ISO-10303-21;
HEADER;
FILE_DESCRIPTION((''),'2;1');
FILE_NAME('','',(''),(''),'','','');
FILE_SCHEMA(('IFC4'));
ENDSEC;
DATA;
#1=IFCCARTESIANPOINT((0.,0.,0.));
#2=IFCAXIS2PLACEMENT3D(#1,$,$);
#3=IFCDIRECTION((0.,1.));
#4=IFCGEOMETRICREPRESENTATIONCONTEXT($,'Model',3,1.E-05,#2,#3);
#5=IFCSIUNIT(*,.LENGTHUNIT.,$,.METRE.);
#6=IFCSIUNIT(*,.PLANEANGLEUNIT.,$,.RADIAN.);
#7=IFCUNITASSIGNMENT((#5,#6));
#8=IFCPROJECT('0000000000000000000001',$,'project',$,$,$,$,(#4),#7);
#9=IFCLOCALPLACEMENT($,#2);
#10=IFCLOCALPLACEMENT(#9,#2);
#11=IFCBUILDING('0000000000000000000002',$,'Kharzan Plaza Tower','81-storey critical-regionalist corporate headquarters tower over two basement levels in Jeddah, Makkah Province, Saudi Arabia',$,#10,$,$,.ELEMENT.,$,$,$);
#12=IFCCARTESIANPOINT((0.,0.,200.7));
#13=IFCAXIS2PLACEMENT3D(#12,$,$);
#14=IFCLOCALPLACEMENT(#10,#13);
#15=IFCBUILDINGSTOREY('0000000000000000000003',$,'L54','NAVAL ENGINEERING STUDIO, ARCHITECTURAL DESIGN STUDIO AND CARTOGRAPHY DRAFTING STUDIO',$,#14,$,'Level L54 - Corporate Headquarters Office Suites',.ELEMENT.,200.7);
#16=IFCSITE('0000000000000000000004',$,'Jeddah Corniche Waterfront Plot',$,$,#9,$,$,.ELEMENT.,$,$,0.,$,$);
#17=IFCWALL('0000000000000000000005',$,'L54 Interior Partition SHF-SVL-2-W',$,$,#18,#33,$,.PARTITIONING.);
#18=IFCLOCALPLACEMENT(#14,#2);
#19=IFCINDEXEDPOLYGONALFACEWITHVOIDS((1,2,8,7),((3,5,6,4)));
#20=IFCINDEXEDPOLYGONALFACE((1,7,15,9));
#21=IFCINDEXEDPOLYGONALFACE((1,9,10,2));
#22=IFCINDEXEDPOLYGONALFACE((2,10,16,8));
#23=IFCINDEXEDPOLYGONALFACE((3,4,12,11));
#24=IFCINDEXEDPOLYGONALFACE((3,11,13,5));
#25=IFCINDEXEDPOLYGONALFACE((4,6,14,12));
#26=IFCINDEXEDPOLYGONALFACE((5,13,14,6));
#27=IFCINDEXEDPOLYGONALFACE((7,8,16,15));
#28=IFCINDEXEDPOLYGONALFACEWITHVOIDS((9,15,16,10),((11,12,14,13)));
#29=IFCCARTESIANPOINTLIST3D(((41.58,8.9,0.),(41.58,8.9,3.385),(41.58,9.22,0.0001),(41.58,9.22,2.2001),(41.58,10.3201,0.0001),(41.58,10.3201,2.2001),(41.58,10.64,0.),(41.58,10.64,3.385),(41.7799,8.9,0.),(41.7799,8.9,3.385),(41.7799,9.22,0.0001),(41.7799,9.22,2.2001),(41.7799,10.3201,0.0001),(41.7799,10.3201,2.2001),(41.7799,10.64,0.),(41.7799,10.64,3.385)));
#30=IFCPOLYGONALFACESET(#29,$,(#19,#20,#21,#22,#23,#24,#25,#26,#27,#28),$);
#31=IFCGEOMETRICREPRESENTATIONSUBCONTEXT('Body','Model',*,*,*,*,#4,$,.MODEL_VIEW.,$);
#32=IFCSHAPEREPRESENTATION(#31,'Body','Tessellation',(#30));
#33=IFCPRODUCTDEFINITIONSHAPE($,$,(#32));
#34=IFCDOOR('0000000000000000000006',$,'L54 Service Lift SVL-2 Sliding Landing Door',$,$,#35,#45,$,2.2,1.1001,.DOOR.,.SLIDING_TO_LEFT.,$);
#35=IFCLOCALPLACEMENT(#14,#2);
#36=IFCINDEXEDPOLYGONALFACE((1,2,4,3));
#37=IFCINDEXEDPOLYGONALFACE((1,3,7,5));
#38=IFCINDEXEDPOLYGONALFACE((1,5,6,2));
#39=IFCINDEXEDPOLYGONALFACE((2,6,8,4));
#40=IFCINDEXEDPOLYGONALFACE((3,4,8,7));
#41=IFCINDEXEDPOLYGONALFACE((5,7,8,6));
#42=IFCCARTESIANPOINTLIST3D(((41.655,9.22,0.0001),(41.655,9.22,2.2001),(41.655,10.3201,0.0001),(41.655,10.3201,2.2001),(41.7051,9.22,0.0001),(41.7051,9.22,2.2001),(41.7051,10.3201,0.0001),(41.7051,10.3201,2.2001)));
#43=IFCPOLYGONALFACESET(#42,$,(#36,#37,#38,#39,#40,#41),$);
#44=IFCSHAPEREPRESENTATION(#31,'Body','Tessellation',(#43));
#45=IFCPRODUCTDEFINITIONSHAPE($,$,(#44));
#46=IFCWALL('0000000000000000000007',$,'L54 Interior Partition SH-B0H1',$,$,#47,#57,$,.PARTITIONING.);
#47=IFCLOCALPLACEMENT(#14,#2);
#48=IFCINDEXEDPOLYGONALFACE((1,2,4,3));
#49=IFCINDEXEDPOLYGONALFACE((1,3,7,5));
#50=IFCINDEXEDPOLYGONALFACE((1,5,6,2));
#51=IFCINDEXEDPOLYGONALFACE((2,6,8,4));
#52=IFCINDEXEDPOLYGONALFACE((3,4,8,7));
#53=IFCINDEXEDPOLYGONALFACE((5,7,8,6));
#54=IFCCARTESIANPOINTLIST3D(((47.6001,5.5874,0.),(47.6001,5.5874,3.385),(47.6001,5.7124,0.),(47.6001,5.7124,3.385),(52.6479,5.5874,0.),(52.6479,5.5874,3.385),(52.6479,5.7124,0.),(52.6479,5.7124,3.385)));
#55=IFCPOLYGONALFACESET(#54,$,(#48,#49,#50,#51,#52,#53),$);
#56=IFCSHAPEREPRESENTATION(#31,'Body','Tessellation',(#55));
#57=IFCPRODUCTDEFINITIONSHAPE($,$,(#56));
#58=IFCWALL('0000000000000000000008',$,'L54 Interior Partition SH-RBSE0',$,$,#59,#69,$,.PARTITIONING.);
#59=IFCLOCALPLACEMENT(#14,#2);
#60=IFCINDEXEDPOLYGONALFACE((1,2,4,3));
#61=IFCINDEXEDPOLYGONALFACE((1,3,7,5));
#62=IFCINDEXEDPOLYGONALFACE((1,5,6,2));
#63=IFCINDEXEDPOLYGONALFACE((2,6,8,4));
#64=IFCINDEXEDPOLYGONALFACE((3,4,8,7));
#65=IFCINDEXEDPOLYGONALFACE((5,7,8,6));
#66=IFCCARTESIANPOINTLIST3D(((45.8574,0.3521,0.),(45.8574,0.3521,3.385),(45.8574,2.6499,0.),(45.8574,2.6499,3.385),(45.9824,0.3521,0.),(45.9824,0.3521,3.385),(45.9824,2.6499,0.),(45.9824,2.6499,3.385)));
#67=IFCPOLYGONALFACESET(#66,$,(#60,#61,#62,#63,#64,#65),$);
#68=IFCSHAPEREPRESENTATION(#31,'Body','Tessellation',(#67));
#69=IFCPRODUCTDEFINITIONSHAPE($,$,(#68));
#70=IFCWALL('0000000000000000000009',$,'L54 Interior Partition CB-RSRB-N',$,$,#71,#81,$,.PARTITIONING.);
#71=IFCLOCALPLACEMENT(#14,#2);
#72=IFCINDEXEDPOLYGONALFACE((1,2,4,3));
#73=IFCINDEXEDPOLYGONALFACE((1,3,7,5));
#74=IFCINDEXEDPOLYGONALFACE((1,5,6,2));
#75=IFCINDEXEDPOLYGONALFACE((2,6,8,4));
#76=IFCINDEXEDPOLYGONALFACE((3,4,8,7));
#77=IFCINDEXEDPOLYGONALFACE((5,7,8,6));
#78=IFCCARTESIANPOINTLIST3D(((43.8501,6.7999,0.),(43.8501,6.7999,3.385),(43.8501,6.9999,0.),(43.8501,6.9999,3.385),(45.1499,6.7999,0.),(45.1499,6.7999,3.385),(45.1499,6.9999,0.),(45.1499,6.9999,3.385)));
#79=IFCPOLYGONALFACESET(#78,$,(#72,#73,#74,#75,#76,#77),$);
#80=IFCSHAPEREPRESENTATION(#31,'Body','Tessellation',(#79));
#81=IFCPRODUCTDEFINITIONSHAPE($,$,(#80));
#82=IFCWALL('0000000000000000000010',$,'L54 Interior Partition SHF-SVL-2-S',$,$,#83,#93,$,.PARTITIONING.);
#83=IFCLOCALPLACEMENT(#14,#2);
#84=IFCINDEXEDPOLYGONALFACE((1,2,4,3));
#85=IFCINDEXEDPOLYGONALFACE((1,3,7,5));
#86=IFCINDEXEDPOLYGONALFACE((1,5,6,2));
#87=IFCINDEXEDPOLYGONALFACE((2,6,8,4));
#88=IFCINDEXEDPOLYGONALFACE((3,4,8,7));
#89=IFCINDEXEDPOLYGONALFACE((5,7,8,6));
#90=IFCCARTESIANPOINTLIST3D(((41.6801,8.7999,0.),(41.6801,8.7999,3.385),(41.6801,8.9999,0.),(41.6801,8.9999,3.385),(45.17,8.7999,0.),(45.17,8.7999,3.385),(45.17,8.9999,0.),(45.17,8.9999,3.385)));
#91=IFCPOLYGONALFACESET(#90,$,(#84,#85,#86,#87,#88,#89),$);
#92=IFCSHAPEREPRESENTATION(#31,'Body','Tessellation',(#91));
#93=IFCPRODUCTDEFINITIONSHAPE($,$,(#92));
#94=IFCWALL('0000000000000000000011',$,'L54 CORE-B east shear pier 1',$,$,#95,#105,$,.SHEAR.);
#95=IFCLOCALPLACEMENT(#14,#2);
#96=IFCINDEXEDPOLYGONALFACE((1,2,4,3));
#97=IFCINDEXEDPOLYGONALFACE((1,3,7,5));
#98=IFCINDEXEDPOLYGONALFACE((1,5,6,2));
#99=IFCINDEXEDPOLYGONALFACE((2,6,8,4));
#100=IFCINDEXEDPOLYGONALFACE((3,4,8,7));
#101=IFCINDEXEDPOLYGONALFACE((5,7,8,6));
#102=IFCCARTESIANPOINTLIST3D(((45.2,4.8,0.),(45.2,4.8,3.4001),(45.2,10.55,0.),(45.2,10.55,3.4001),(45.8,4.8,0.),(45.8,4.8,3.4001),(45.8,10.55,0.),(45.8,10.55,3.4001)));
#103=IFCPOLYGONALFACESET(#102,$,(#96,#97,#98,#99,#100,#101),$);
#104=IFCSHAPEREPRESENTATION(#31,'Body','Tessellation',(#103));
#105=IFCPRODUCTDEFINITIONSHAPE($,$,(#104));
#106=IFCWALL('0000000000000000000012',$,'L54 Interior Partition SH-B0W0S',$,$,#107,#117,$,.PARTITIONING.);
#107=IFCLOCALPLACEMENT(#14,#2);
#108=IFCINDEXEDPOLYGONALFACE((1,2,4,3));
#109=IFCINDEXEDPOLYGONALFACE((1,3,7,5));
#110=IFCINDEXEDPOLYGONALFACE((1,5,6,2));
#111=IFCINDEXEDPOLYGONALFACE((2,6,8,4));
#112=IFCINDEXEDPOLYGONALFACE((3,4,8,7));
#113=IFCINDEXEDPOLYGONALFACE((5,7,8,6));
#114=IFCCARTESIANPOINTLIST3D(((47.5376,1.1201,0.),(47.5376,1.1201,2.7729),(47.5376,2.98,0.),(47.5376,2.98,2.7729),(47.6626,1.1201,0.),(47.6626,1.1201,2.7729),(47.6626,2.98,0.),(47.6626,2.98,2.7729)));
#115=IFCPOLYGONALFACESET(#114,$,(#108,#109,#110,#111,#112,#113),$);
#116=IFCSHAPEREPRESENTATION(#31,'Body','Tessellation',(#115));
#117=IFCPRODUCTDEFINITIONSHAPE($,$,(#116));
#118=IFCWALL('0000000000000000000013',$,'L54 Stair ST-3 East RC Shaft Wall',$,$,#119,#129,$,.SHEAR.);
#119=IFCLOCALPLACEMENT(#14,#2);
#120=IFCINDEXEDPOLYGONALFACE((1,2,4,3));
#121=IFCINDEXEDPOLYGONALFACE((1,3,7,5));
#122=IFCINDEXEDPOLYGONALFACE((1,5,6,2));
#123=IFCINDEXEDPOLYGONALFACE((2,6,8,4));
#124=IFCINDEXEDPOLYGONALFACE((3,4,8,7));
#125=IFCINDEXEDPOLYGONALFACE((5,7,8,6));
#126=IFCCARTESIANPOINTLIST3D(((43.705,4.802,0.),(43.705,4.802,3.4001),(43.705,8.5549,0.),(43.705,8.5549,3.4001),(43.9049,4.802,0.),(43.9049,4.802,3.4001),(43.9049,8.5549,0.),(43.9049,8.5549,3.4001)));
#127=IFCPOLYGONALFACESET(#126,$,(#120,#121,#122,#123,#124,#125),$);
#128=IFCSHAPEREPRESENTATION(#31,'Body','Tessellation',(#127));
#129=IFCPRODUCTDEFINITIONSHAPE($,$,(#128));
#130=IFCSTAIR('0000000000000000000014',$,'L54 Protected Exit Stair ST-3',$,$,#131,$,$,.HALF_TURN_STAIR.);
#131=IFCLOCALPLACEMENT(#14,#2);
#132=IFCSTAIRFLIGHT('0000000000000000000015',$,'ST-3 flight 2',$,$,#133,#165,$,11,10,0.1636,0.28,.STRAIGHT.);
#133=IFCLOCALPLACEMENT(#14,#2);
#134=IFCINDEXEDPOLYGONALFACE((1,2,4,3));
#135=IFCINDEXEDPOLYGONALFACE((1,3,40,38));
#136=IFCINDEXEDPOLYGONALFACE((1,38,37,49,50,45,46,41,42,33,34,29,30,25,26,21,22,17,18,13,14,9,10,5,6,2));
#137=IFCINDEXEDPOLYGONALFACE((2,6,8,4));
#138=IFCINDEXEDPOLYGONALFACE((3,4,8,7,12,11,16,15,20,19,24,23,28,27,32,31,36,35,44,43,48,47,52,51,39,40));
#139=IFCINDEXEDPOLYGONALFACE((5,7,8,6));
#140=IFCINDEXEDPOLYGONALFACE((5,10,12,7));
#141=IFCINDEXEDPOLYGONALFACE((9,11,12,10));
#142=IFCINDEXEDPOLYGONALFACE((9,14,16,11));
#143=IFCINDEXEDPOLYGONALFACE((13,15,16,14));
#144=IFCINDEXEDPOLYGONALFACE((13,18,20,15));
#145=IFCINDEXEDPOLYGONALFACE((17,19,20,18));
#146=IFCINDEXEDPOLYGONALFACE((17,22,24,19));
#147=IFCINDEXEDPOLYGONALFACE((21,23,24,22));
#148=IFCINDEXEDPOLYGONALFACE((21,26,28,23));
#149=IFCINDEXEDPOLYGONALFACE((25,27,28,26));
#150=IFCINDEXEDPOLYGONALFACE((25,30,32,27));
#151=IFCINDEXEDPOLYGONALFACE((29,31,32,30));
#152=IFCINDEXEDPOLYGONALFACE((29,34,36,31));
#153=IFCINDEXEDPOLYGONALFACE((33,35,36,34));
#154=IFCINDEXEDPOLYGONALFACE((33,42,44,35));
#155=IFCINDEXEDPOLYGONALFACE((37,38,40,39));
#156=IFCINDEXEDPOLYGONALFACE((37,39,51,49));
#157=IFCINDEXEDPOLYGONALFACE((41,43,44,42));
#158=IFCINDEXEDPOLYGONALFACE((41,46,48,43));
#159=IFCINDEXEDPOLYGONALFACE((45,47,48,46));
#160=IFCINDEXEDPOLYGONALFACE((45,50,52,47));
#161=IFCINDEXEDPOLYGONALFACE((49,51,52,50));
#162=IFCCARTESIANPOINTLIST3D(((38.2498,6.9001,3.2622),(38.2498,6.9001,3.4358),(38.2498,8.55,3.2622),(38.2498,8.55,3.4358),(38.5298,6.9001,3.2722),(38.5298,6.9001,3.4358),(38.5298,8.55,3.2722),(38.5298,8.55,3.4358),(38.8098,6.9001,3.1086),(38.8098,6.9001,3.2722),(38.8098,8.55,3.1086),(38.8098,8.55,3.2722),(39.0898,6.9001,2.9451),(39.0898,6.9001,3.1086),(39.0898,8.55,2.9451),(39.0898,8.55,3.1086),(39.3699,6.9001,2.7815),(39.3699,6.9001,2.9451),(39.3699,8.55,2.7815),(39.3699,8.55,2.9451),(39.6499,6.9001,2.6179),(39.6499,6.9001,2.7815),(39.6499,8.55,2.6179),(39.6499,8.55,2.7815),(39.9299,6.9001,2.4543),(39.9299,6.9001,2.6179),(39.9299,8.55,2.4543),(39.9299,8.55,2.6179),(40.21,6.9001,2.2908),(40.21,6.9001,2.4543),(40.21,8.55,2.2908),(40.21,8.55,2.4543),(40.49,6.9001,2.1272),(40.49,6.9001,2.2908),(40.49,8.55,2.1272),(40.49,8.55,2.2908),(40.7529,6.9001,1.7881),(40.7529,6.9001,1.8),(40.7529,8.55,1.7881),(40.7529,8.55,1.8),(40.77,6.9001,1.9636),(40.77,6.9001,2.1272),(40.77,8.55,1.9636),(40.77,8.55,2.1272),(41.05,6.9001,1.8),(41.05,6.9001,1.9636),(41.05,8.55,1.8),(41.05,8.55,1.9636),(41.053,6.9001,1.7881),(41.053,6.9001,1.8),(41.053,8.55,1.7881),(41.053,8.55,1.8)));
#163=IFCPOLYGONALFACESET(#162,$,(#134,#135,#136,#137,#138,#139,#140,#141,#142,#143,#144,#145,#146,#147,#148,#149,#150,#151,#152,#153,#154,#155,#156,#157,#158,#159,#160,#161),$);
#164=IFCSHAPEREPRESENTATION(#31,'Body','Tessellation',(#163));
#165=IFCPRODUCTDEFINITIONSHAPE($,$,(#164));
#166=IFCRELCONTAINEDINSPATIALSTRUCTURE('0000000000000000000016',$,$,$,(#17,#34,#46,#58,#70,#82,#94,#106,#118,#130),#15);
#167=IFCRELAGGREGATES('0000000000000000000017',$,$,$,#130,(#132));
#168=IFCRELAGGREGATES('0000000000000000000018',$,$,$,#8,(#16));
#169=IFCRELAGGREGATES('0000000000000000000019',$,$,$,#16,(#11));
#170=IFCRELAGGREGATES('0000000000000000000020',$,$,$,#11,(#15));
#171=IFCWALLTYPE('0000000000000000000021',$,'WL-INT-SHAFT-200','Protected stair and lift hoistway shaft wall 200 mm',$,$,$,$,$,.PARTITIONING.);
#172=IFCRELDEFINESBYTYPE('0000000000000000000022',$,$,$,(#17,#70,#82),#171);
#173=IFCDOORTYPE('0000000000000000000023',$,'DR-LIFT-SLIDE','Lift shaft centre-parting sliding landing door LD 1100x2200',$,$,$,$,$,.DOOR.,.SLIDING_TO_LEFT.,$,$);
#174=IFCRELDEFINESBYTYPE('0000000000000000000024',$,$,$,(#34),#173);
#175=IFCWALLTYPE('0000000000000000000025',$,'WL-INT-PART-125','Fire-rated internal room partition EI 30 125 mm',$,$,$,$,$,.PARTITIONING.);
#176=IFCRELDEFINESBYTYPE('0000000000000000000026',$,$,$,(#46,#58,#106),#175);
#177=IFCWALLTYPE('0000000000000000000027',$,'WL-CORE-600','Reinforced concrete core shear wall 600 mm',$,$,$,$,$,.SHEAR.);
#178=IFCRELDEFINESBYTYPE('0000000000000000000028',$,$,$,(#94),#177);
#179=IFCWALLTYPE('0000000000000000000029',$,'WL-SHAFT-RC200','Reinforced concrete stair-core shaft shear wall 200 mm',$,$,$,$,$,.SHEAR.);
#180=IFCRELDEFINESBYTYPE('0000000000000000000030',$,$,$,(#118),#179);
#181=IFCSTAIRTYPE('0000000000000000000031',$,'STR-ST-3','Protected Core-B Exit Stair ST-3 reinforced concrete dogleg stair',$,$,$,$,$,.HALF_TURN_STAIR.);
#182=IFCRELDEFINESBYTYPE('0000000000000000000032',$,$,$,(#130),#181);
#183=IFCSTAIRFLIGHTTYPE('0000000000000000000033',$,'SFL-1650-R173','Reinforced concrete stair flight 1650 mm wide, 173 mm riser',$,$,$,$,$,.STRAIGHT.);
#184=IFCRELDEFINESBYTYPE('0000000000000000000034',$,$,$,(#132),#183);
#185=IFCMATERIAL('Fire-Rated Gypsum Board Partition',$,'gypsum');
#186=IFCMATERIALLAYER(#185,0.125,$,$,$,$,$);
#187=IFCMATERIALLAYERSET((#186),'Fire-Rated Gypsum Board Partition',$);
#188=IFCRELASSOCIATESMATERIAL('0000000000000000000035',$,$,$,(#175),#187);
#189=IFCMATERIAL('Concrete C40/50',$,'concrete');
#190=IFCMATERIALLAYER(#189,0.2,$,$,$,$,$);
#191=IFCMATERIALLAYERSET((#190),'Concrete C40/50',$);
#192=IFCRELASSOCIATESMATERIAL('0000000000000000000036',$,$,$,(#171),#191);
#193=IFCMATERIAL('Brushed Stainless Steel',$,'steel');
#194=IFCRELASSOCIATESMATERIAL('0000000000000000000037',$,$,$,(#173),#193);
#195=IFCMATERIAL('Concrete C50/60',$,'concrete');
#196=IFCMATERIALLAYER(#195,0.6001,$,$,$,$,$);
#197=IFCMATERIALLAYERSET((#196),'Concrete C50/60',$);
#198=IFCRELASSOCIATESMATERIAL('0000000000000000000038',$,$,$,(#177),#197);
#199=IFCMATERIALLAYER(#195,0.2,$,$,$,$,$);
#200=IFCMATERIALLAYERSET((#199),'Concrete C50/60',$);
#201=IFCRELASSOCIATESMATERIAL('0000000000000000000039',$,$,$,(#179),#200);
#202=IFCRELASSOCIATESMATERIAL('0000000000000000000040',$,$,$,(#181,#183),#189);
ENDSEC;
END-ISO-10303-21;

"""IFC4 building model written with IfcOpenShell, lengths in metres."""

from ifc_helpers import new_model, si_unit, direction, frame, frame_2d, origin, place, context, subcontext, project, spatial, polyline, rectangle, outline, extrude, source, transform, mapped, material, layer, layer_set, type_object, element, fill, aggregate, save


model = new_model("IFC4")

# Units and contexts
model_context = context("Model", 3, precision=1e-05, world=origin(), true_north=direction((0.0, 1.0)))
body_context = subcontext(model_context, "Body", "Model", "MODEL_VIEW")
ifc_project = project(units=[si_unit("LENGTHUNIT", "METRE"), si_unit("PLANEANGLEUNIT", "RADIAN")], contexts=[model_context])

# Site, building, storey
site_placement = place(None, origin())
site = spatial("IfcSite", under=ifc_project, at=site_placement, Name="Jeddah Corniche Waterfront Plot", CompositionType="ELEMENT", RefElevation=0.0)
building_placement = place(site_placement, origin())
building = spatial("IfcBuilding", under=site, at=building_placement, Name="Kharzan Plaza Tower", Description="81-storey critical-regionalist corporate headquarters tower over two basement levels in Jeddah, Makkah Province, Saudi Arabia", CompositionType="ELEMENT")
storey_placement = place(building_placement, frame((0.0, 0.0, 200.7)))
storey = spatial("IfcBuildingStorey", under=building, at=storey_placement, Name="L54", Description="NAVAL ENGINEERING STUDIO, ARCHITECTURAL DESIGN STUDIO AND CARTOGRAPHY DRAFTING STUDIO", LongName="Level L54 - Corporate Headquarters Office Suites", CompositionType="ELEMENT", Elevation=200.7)

# Shared definitions
ifc_material_1 = material(Name="Concrete C50/60", Category="concrete")

# Wall, opening, door
ifc_material_2 = material(Name="Fire-Rated Gypsum Board Partition", Category="gypsum")
ifc_layer_1 = layer(ifc_material_2, 0.125)
ifc_layer_set_1 = layer_set([ifc_layer_1], Name="Fire-Rated Gypsum Board Partition")
wall_type_1 = type_object("IfcWallType", Name="WL-INT-PART-125", Description="Fire-rated internal room partition EI 30 125 mm", PredefinedType="PARTITIONING", material=ifc_layer_set_1)
ifc_material_3 = material(Name="Concrete C40/50", Category="concrete")
ifc_layer_2 = layer(ifc_material_3, 0.2)
ifc_layer_set_2 = layer_set([ifc_layer_2], Name="Concrete C40/50")
wall_type_2 = type_object("IfcWallType", Name="WL-INT-SHAFT-200", Description="Protected stair and lift hoistway shaft wall 200 mm", PredefinedType="PARTITIONING", material=ifc_layer_set_2)
wall_1_placement = place(storey_placement, frame((41.6799, 8.8999, 0.0), z_axis=(0.0, 0.0, 1.0), x_axis=(0.0, 1.0, 0.0)))
wall_1 = element("IfcWall", 1, at=wall_1_placement, inside=storey, type_object=wall_type_2, Name="L54 Interior Partition SHF-SVL-2-W", PredefinedType="PARTITIONING", context=body_context, shape_type="SweptSolid", body=[
    extrude(rectangle(XDim=1.74, YDim=0.2, at=frame_2d((0.8701, 0.0))), origin(), (0.0, 0.0, 1.0), 3.385),
])
opening_1_placement = place(wall_1_placement, frame((0.3201, 0.0, 0.0)))
opening_1 = element("IfcOpeningElement", 2, at=opening_1_placement, cuts=wall_1, PredefinedType="OPENING", context=body_context, shape_type="SweptSolid", body=[
    extrude(rectangle(XDim=1.1001, YDim=2.2, at=frame_2d((0.55, 1.1001))), frame((0.0, 0.1099, 0.0), z_axis=(0.0, -1.0, 0.0), x_axis=(1.0, 0.0, 0.0)), (0.0, 0.0, 1.0), 0.22),
])
ifc_material_4 = material(Name="Brushed Stainless Steel", Category="steel")
door_type_1 = type_object("IfcDoorType", Name="DR-LIFT-SLIDE", Description="Lift shaft centre-parting sliding landing door LD 1100x2200", OperationType="SLIDING_TO_LEFT", PredefinedType="DOOR", material=ifc_material_4)
shared_shape_1 = source(origin(), body_context, "Body", "SweptSolid", [
    extrude(rectangle(XDim=1.1001, YDim=2.2, at=frame_2d((0.55, 1.1001))), frame((0.0, 0.0249, 0.0), z_axis=(0.0, -1.0, 0.0), x_axis=(1.0, 0.0, 0.0)), (0.0, 0.0, 1.0), 0.05),
])
door_1_placement = place(opening_1_placement, origin())
door_1 = element("IfcDoor", 3, at=door_1_placement, inside=storey, type_object=door_type_1, Name="L54 Service Lift SVL-2 Sliding Landing Door", OperationType="SLIDING_TO_LEFT", OverallHeight=2.2, OverallWidth=1.1001, PredefinedType="DOOR", context=body_context, shape_type="MappedRepresentation", body=[
    mapped(shared_shape_1, transform((0.0, 0.0, 0.0), x_axis=(1.0, 0.0, 0.0), y_axis=(0.0, 1.0, 0.0), z_axis=(0.0, 0.0, 1.0))),
])
fill(opening_1, door_1)

# Walls
shared_shape_2 = source(origin(), body_context, "Body", "SweptSolid", [
    extrude(rectangle(XDim=5.0479, YDim=0.125, at=frame_2d((2.5239, 0.0))), origin(), (0.0, 0.0, 1.0), 3.385),
])
wall_2_placement = place(storey_placement, frame((47.6001, 5.6499, 0.0), z_axis=(0.0, 0.0, 1.0), x_axis=(1.0, 0.0, 0.0)))
element("IfcWall", 4, at=wall_2_placement, inside=storey, type_object=wall_type_1, Name="L54 Interior Partition SH-B0H1", PredefinedType="PARTITIONING", context=body_context, shape_type="MappedRepresentation", body=[
    mapped(shared_shape_2, transform((0.0, 0.0, 0.0), x_axis=(1.0, 0.0, 0.0), y_axis=(0.0, 1.0, 0.0), z_axis=(0.0, 0.0, 1.0))),
])
shared_shape_3 = source(origin(), body_context, "Body", "SweptSolid", [
    extrude(rectangle(XDim=2.2979, YDim=0.125, at=frame_2d((1.1489, 0.0))), origin(), (0.0, 0.0, 1.0), 3.385),
])
wall_3_placement = place(storey_placement, frame((45.9199, 0.3521, 0.0), z_axis=(0.0, 0.0, 1.0), x_axis=(0.0, 1.0, 0.0)))
element("IfcWall", 5, at=wall_3_placement, inside=storey, type_object=wall_type_1, Name="L54 Interior Partition SH-RBSE0", PredefinedType="PARTITIONING", context=body_context, shape_type="MappedRepresentation", body=[
    mapped(shared_shape_3, transform((0.0, 0.0, 0.0), x_axis=(1.0, 0.0, 0.0), y_axis=(0.0, 1.0, 0.0), z_axis=(0.0, 0.0, 1.0))),
])
shared_shape_4 = source(origin(), body_context, "Body", "SweptSolid", [
    extrude(rectangle(XDim=1.2998, YDim=0.2, at=frame_2d((0.6499, 0.0))), origin(), (0.0, 0.0, 1.0), 3.385),
])
wall_4_placement = place(storey_placement, frame((43.8501, 6.8999, 0.0), z_axis=(0.0, 0.0, 1.0), x_axis=(1.0, 0.0, 0.0)))
element("IfcWall", 6, at=wall_4_placement, inside=storey, type_object=wall_type_2, Name="L54 Interior Partition CB-RSRB-N", PredefinedType="PARTITIONING", context=body_context, shape_type="MappedRepresentation", body=[
    mapped(shared_shape_4, transform((0.0, 0.0, 0.0), x_axis=(1.0, 0.0, 0.0), y_axis=(0.0, 1.0, 0.0), z_axis=(0.0, 0.0, 1.0))),
])
shared_shape_5 = source(origin(), body_context, "Body", "SweptSolid", [
    extrude(rectangle(XDim=3.49, YDim=0.2, at=frame_2d((1.7451, 0.0))), origin(), (0.0, 0.0, 1.0), 3.385),
])
wall_5_placement = place(storey_placement, frame((41.6799, 8.8999, 0.0), z_axis=(0.0, 0.0, 1.0), x_axis=(1.0, 0.0, 0.0)))
element("IfcWall", 7, at=wall_5_placement, inside=storey, type_object=wall_type_2, Name="L54 Interior Partition SHF-SVL-2-S", PredefinedType="PARTITIONING", context=body_context, shape_type="MappedRepresentation", body=[
    mapped(shared_shape_5, transform((0.0, 0.0, 0.0), x_axis=(1.0, 0.0, 0.0), y_axis=(0.0, 1.0, 0.0), z_axis=(0.0, 0.0, 1.0))),
])
ifc_layer_3 = layer(ifc_material_1, 0.6001)
ifc_layer_set_3 = layer_set([ifc_layer_3], Name="Concrete C50/60")
wall_type_3 = type_object("IfcWallType", Name="WL-CORE-600", Description="Reinforced concrete core shear wall 600 mm", PredefinedType="SHEAR", material=ifc_layer_set_3)
shared_shape_6 = source(origin(), body_context, "Body", "SweptSolid", [
    extrude(rectangle(XDim=5.75, YDim=0.6001, at=frame_2d((2.875, 0.0))), origin(), (0.0, 0.0, 1.0), 3.4001),
])
wall_6_placement = place(storey_placement, frame((45.5, 4.8, 0.0), z_axis=(0.0, 0.0, 1.0), x_axis=(0.0, 1.0, 0.0)))
element("IfcWall", 8, at=wall_6_placement, inside=storey, type_object=wall_type_3, Name="L54 CORE-B east shear pier 1", PredefinedType="SHEAR", context=body_context, shape_type="MappedRepresentation", body=[
    mapped(shared_shape_6, transform((0.0, 0.0, 0.0), x_axis=(1.0, 0.0, 0.0), y_axis=(0.0, 1.0, 0.0), z_axis=(0.0, 0.0, 1.0))),
])
shared_shape_7 = source(origin(), body_context, "Body", "SweptSolid", [
    extrude(rectangle(XDim=1.8599, YDim=0.125, at=frame_2d((0.9299, 0.0))), origin(), (0.0, 0.0, 1.0), 2.7729),
])
wall_7_placement = place(storey_placement, frame((47.6001, 1.1201, 0.0), z_axis=(0.0, 0.0, 1.0), x_axis=(0.0, 1.0, 0.0)))
element("IfcWall", 9, at=wall_7_placement, inside=storey, type_object=wall_type_1, Name="L54 Interior Partition SH-B0W0S", PredefinedType="PARTITIONING", context=body_context, shape_type="MappedRepresentation", body=[
    mapped(shared_shape_7, transform((0.0, 0.0, 0.0), x_axis=(1.0, 0.0, 0.0), y_axis=(0.0, 1.0, 0.0), z_axis=(0.0, 0.0, 1.0))),
])
ifc_layer_4 = layer(ifc_material_1, 0.2)
ifc_layer_set_4 = layer_set([ifc_layer_4], Name="Concrete C50/60")
wall_type_4 = type_object("IfcWallType", Name="WL-SHAFT-RC200", Description="Reinforced concrete stair-core shaft shear wall 200 mm", PredefinedType="SHEAR", material=ifc_layer_set_4)
shared_shape_8 = source(origin(), body_context, "Body", "SweptSolid", [
    extrude(rectangle(XDim=3.7529, YDim=0.2, at=frame_2d((1.8765, 0.0))), origin(), (0.0, 0.0, 1.0), 3.4001),
])
wall_8_placement = place(storey_placement, frame((43.8049, 4.802, 0.0), z_axis=(0.0, 0.0, 1.0), x_axis=(0.0, 1.0, 0.0)))
element("IfcWall", 10, at=wall_8_placement, inside=storey, type_object=wall_type_4, Name="L54 Stair ST-3 East RC Shaft Wall", PredefinedType="SHEAR", context=body_context, shape_type="MappedRepresentation", body=[
    mapped(shared_shape_8, transform((0.0, 0.0, 0.0), x_axis=(1.0, 0.0, 0.0), y_axis=(0.0, 1.0, 0.0), z_axis=(0.0, 0.0, 1.0))),
])

# Stair, stair flight
stair_type = type_object("IfcStairType", Name="STR-ST-3", Description="Protected Core-B Exit Stair ST-3 reinforced concrete dogleg stair", PredefinedType="HALF_TURN_STAIR", material=ifc_material_3)
stair_placement = place(storey_placement, origin())
stair = element("IfcStair", 11, at=stair_placement, inside=storey, type_object=stair_type, Name="L54 Protected Exit Stair ST-3", PredefinedType="HALF_TURN_STAIR")
stair_flight_type = type_object("IfcStairFlightType", Name="SFL-1650-R173", Description="Reinforced concrete stair flight 1650 mm wide, 173 mm riser", PredefinedType="STRAIGHT", material=ifc_material_3)
shared_shape_9 = source(origin(), body_context, "Body", "SweptSolid", [
    extrude(outline(polyline([(-0.0029, -0.012), (-0.0029, 0.0), (0.0, 0.0), (0.0, 0.1636), (0.28, 0.1636), (0.28, 0.3271), (0.5601, 0.3271), (0.5601, 0.4907), (0.8401, 0.4907), (0.8401, 0.6543), (1.1201, 0.6543), (1.1201, 0.8179), (1.4001, 0.8179), (1.4001, 0.9814), (1.6802, 0.9814), (1.6802, 1.145), (1.9602, 1.145), (1.9602, 1.3086), (2.2402, 1.3086), (2.2402, 1.4722), (2.5203, 1.4722), (2.5203, 1.6357), (2.8003, 1.6357), (2.8003, 1.7993), (2.8003, 1.4622), (0.2971, 0.0), (0.2971, -0.012), (-0.0029, -0.012)])), frame((0.0, 0.825, 0.0), z_axis=(0.0, -1.0, 0.0), x_axis=(1.0, 0.0, 0.0)), (0.0, 0.0, 1.0), 1.6499),
])
stair_flight_placement = place(storey_placement, frame((41.05, 7.7251, 1.8), z_axis=(0.0, 0.0, 1.0), x_axis=(-1.0, 0.0, 0.0)))
stair_flight = element("IfcStairFlight", 12, at=stair_flight_placement, type_object=stair_flight_type, Name="ST-3 flight 2", NumberOfRisers=11, NumberOfTreads=10, PredefinedType="STRAIGHT", RiserHeight=0.1636, TreadLength=0.28, context=body_context, shape_type="MappedRepresentation", body=[
    mapped(shared_shape_9, transform((0.0, 0.0, 0.0), x_axis=(1.0, 0.0, 0.0), y_axis=(0.0, 1.0, 0.0), z_axis=(0.0, 0.0, 1.0))),
])
aggregate(stair, [stair_flight])

save(model, "model.ifc")
